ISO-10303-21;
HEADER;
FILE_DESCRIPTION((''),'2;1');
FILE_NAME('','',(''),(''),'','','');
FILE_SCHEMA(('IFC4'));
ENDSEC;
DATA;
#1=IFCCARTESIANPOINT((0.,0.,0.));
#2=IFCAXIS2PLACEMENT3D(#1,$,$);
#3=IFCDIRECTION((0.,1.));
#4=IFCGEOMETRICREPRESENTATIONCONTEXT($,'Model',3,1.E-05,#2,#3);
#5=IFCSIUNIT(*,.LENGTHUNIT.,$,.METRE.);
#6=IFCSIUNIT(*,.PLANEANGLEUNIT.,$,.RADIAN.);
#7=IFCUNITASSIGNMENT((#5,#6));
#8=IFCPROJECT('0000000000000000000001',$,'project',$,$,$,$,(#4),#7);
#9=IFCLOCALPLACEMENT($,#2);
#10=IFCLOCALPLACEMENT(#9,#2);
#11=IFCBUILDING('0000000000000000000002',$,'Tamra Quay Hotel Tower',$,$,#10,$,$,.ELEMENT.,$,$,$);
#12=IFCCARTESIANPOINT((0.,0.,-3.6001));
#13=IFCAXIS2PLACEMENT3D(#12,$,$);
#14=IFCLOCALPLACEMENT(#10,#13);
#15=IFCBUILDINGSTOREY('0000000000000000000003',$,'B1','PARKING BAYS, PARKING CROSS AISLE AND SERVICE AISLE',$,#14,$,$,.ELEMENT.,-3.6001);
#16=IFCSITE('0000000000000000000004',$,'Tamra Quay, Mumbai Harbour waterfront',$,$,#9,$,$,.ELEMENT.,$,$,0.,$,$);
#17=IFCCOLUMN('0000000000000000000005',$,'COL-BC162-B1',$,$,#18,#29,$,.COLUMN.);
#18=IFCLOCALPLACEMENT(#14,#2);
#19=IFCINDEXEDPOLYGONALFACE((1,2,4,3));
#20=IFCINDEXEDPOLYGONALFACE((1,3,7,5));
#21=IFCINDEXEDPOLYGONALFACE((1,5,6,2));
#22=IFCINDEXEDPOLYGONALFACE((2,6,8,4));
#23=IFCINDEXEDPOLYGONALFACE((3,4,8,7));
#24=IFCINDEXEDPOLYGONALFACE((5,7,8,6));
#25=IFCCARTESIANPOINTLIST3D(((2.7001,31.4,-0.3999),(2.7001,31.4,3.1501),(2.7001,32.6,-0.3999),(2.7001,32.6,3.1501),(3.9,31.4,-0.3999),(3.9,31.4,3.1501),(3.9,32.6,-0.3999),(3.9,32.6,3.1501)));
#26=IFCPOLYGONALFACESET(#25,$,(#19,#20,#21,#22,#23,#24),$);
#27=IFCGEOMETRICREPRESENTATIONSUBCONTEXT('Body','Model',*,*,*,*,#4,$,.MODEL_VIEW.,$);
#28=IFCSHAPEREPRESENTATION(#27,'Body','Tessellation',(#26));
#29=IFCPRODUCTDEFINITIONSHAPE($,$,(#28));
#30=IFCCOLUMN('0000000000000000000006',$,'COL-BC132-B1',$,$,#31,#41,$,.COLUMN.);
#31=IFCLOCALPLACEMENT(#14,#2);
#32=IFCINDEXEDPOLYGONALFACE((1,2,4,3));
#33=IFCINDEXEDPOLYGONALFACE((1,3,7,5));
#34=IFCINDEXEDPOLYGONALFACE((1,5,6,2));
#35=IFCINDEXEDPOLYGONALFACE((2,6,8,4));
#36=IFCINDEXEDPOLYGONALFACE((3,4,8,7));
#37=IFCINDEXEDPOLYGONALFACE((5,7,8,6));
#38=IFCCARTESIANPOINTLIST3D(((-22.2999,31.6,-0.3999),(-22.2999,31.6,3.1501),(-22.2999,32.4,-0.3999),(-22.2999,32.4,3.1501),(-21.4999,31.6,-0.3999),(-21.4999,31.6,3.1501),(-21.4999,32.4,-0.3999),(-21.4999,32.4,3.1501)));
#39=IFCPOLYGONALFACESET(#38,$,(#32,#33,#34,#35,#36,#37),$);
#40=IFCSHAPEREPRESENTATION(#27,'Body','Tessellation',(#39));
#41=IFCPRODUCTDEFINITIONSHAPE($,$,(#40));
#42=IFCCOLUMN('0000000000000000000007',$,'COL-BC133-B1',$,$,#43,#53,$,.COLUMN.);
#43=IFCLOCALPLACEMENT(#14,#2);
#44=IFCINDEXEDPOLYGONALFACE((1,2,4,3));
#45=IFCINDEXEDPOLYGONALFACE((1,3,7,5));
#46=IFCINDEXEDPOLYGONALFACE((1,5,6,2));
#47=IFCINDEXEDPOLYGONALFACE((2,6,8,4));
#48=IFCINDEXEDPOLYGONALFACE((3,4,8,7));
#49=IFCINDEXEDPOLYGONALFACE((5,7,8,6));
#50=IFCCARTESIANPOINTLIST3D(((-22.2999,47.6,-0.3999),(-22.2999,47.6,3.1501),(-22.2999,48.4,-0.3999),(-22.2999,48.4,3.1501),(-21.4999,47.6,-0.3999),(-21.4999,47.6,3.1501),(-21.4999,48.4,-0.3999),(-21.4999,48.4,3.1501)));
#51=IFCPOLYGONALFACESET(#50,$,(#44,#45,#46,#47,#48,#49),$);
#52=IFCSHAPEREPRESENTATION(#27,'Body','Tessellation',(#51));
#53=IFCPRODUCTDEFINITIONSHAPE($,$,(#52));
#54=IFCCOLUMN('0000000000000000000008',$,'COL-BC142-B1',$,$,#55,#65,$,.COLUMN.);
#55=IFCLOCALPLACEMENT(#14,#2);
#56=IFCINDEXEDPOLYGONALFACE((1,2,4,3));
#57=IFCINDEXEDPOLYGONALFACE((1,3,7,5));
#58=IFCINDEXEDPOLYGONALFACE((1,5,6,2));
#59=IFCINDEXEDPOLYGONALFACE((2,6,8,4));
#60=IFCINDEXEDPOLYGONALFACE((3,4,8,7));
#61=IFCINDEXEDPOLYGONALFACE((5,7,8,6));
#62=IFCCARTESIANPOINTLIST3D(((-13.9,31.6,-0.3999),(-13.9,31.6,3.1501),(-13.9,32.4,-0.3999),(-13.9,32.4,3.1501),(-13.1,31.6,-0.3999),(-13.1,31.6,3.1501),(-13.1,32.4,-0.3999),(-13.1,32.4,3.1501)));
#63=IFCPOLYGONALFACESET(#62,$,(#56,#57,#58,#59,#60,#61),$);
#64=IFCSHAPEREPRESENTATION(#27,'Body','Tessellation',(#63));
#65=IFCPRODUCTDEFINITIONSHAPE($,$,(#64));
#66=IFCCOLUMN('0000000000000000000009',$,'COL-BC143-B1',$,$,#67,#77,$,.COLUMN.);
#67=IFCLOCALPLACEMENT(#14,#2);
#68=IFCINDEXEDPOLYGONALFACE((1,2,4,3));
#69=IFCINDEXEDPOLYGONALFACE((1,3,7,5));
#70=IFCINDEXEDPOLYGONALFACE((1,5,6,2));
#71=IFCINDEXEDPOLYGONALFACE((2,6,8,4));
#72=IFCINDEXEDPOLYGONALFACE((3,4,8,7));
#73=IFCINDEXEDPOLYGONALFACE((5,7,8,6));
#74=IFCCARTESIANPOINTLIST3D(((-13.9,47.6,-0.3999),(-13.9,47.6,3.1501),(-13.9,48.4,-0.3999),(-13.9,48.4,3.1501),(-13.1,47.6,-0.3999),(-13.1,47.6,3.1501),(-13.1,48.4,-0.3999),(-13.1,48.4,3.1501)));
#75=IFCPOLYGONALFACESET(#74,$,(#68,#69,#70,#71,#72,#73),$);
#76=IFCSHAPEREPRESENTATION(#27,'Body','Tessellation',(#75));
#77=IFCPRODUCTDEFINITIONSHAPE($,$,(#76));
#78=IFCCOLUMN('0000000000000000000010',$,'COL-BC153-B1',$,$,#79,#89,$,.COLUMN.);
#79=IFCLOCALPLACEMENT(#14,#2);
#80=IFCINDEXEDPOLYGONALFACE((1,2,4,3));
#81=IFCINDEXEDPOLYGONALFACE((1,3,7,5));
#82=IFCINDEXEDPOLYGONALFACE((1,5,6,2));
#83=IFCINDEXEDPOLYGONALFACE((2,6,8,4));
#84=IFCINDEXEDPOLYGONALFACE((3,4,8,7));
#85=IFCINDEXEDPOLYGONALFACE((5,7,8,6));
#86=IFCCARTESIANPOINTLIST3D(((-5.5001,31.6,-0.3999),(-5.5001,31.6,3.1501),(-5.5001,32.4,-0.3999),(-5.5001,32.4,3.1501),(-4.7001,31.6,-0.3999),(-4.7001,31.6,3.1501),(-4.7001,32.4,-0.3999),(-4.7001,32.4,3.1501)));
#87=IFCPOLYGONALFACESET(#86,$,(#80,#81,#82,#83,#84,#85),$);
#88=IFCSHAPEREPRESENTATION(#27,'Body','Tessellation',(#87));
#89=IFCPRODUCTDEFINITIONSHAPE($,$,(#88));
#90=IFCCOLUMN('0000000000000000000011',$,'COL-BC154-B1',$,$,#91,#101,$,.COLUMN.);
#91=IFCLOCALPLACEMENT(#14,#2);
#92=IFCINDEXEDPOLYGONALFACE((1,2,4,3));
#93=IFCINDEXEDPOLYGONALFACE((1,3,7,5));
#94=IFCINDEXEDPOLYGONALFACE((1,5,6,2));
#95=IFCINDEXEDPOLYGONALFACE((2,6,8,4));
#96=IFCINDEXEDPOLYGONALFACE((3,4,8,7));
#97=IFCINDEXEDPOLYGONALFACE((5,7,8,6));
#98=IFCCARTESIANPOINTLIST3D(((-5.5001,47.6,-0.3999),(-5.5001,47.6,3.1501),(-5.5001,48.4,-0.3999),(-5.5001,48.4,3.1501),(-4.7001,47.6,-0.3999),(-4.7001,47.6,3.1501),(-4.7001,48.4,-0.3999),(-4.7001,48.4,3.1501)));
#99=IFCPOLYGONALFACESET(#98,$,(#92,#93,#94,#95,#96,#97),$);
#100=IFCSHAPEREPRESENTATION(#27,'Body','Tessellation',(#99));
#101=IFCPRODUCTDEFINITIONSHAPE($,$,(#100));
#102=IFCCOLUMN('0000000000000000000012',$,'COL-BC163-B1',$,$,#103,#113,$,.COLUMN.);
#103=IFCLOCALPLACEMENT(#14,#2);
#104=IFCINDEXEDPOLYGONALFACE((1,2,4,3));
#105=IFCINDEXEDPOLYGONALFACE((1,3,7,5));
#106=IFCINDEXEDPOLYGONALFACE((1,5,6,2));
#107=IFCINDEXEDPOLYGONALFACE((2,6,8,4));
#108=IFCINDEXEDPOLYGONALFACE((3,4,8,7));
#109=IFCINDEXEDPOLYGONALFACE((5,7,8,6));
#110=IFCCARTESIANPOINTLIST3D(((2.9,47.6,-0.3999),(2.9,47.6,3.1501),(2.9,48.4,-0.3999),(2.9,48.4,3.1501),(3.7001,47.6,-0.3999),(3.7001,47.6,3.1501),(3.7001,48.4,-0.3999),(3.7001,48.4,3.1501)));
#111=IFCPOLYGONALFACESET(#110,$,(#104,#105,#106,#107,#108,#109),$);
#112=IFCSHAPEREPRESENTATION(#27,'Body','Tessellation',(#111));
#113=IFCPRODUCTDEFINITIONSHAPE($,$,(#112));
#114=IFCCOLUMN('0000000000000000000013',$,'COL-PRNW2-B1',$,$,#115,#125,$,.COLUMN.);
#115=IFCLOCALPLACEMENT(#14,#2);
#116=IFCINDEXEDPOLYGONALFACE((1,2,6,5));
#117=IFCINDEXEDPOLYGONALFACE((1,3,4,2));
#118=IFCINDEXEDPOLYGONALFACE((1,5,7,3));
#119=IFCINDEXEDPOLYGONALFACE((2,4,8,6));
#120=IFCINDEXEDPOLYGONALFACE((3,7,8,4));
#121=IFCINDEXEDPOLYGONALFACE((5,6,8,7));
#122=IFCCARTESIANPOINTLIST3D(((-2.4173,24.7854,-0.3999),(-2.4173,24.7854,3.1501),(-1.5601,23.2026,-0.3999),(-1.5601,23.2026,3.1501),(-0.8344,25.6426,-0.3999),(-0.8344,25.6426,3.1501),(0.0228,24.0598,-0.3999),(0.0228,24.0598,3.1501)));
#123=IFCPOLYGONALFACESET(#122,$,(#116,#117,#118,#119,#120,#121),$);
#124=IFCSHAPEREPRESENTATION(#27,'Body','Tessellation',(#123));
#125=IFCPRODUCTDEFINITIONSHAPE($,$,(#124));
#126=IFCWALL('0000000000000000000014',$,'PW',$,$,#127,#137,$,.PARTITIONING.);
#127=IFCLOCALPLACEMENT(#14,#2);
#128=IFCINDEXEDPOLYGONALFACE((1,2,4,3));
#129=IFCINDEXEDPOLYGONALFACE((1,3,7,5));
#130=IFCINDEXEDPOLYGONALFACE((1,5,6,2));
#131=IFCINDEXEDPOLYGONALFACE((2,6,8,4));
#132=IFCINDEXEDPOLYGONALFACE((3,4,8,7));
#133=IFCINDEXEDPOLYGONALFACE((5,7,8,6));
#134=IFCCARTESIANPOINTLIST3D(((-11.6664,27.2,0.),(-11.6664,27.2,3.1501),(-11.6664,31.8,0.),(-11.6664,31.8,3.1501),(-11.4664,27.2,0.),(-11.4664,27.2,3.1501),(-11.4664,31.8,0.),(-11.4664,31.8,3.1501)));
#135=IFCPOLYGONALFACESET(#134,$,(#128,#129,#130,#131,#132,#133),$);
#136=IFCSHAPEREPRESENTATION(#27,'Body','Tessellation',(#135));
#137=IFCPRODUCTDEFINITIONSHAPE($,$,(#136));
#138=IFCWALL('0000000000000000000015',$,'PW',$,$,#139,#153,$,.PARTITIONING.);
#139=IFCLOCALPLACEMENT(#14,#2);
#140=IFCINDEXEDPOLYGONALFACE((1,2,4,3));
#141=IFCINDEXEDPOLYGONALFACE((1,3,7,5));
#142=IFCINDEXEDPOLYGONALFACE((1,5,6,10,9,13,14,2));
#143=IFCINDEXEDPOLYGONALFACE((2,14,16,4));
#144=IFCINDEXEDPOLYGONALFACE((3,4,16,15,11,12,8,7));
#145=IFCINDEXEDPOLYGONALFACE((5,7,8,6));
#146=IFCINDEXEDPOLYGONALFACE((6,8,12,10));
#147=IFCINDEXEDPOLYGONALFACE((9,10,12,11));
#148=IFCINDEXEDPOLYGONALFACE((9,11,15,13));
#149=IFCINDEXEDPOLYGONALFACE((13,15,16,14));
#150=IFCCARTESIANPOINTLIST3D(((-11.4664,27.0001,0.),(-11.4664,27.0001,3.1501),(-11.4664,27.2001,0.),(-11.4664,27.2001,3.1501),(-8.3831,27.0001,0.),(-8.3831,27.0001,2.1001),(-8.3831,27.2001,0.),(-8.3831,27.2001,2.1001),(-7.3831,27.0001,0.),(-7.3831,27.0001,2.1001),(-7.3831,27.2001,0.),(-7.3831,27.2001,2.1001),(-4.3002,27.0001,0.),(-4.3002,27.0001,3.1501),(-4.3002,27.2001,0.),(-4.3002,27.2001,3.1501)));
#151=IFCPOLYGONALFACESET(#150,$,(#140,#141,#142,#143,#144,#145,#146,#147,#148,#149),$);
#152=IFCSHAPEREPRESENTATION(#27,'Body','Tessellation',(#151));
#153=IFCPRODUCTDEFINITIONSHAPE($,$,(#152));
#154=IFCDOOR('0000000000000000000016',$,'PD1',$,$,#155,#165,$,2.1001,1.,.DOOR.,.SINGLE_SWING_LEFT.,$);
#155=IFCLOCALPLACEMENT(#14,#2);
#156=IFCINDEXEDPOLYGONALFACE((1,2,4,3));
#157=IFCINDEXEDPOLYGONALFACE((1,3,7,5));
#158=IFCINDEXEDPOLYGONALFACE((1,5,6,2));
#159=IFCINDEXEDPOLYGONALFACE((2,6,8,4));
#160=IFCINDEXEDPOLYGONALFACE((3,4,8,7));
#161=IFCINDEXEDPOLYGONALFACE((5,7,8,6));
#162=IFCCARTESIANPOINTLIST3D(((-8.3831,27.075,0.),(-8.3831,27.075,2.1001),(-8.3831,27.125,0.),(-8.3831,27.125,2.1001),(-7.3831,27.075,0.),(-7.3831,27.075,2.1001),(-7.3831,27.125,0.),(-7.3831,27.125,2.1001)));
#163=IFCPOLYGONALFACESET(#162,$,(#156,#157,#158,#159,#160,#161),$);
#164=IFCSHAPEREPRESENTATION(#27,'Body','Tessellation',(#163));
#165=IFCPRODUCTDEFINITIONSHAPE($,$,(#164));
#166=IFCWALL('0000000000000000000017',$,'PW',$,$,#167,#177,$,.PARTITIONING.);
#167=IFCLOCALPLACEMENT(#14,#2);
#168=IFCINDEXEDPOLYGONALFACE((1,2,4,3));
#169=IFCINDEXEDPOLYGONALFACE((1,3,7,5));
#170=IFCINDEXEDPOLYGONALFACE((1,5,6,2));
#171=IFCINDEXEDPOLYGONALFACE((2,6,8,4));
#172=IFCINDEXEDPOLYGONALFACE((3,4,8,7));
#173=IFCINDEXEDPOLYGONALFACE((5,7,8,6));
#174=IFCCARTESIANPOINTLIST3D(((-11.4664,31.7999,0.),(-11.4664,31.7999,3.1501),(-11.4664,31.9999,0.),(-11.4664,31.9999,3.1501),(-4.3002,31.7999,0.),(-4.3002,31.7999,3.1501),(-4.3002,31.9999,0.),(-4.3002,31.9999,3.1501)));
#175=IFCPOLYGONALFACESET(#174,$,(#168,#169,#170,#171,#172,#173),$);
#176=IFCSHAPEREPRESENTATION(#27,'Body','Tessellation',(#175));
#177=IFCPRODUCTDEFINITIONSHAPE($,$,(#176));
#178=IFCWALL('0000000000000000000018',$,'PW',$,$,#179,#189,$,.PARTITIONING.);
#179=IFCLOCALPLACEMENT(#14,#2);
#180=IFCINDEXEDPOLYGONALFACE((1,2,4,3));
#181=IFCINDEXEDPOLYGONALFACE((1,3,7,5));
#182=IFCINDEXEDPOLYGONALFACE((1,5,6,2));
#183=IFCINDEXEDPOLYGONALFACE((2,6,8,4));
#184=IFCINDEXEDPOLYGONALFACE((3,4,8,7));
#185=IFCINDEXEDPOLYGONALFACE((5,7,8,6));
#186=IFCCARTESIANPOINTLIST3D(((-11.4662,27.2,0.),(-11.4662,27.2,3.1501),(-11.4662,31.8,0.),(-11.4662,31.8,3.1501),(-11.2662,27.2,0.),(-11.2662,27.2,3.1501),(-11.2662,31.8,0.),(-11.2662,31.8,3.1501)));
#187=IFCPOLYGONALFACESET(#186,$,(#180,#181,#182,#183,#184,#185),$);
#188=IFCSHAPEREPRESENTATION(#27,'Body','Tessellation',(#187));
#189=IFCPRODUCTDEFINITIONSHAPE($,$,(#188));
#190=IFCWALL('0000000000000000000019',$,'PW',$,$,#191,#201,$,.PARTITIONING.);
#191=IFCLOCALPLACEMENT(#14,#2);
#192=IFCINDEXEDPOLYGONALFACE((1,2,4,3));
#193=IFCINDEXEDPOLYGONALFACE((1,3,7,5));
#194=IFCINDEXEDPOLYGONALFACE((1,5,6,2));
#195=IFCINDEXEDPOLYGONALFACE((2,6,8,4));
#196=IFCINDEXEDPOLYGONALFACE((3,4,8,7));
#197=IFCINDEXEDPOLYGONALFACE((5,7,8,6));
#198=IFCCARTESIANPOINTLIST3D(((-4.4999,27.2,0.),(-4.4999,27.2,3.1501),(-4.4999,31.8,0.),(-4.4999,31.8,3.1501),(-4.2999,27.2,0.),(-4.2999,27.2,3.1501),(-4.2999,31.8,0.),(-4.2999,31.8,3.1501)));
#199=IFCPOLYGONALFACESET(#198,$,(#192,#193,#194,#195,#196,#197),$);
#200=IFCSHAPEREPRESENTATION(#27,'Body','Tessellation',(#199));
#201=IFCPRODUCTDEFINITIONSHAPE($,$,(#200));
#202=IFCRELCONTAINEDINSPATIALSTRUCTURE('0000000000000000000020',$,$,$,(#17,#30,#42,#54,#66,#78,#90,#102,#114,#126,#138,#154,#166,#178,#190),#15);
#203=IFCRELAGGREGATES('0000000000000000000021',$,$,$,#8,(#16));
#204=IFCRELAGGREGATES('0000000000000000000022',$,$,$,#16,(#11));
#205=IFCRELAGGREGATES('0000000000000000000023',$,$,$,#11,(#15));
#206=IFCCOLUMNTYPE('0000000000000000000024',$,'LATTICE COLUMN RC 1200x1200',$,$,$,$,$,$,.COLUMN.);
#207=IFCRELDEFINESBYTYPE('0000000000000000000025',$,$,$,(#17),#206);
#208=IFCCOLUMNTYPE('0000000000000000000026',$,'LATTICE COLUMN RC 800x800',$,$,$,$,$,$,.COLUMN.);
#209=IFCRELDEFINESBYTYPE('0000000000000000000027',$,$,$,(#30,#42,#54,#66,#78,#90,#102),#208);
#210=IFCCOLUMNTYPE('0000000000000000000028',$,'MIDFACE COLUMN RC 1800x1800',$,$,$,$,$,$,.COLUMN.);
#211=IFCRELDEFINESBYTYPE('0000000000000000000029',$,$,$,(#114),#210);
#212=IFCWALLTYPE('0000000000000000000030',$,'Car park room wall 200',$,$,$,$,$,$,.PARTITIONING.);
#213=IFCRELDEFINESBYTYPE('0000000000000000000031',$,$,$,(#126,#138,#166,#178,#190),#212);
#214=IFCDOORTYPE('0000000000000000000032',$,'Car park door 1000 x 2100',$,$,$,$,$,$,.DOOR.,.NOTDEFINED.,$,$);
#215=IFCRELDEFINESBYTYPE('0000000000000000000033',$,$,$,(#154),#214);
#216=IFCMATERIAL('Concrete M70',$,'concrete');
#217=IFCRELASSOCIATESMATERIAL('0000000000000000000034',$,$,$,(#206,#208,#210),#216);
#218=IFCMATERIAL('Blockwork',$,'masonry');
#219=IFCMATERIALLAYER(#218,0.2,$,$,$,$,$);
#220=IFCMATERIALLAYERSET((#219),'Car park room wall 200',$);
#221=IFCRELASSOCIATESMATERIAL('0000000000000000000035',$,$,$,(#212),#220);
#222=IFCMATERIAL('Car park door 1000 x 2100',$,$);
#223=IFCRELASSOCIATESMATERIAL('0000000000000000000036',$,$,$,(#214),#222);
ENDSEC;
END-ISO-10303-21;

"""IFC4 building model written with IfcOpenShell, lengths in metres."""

from ifc_helpers import new_model, si_unit, direction, frame, frame_2d, origin, origin_2d, place, context, subcontext, project, spatial, rectangle, extrude, material, layer, layer_set, material_profile, profile_set, type_object, element, fill, save


model = new_model("IFC4")

# Units and contexts
model_context = context("Model", 3, precision=1e-05, world=origin(), true_north=direction((0.0, 1.0)))
body_context = subcontext(model_context, "Body", "Model", "MODEL_VIEW")
ifc_project = project(units=[si_unit("LENGTHUNIT", "METRE"), si_unit("PLANEANGLEUNIT", "RADIAN")], contexts=[model_context])

# Site, building, storey
site_placement = place(None, origin())
site = spatial("IfcSite", under=ifc_project, at=site_placement, Name="Tamra Quay, Mumbai Harbour waterfront", CompositionType="ELEMENT", RefElevation=0.0)
building_placement = place(site_placement, origin())
building = spatial("IfcBuilding", under=site, at=building_placement, Name="Tamra Quay Hotel Tower", CompositionType="ELEMENT")
storey_placement = place(building_placement, frame((0.0, 0.0, -3.6001)))
storey = spatial("IfcBuildingStorey", under=building, at=storey_placement, Name="B1", Description="PARKING BAYS, PARKING CROSS AISLE AND SERVICE AISLE", CompositionType="ELEMENT", Elevation=-3.6001)

# Columns
ifc_material_1 = material(Name="Concrete M70", Category="concrete")
ifc_material_profile_1 = material_profile(ifc_material_1, rectangle(XDim=1.2, YDim=1.2, at=origin_2d()), Name="LATTICE COLUMN RC 1200x1200")
ifc_profile_set_1 = profile_set([ifc_material_profile_1], Name="Concrete M70")
column_type_1 = type_object("IfcColumnType", Name="LATTICE COLUMN RC 1200x1200", PredefinedType="COLUMN", material=ifc_profile_set_1)
column_1_placement = place(storey_placement, frame((3.3, 32.0, -0.3999), z_axis=(0.0, 0.0, 1.0), x_axis=(1.0, 0.0, 0.0)))
element("IfcColumn", 1, at=column_1_placement, inside=storey, type_object=column_type_1, Name="COL-BC162-B1", PredefinedType="COLUMN", context=body_context, shape_type="SweptSolid", body=[
    extrude(rectangle(XDim=1.2, YDim=1.2, at=origin_2d()), origin(), (0.0, 0.0, 1.0), 3.55),
])
ifc_material_profile_2 = material_profile(ifc_material_1, rectangle(XDim=0.8, YDim=0.8, at=origin_2d()), Name="LATTICE COLUMN RC 800x800")
ifc_profile_set_2 = profile_set([ifc_material_profile_2], Name="Concrete M70")
column_type_2 = type_object("IfcColumnType", Name="LATTICE COLUMN RC 800x800", PredefinedType="COLUMN", material=ifc_profile_set_2)
for number, where, z_axis, x_axis, name in (
    (2, (-21.8999, 32.0, -0.3999), (0.0, 0.0, 1.0), (1.0, 0.0, 0.0), "COL-BC132-B1"),
    (3, (-21.8999, 48.0, -0.3999), (0.0, 0.0, 1.0), (1.0, 0.0, 0.0), "COL-BC133-B1"),
    (4, (-13.5, 32.0, -0.3999), (0.0, 0.0, 1.0), (1.0, 0.0, 0.0), "COL-BC142-B1"),
    (5, (-13.5, 48.0, -0.3999), (0.0, 0.0, 1.0), (1.0, 0.0, 0.0), "COL-BC143-B1"),
    (6, (-5.1001, 32.0, -0.3999), (0.0, 0.0, 1.0), (1.0, 0.0, 0.0), "COL-BC153-B1"),
    (7, (-5.1001, 48.0, -0.3999), (0.0, 0.0, 1.0), (1.0, 0.0, 0.0), "COL-BC154-B1"),
    (8, (3.3, 48.0, -0.3999), (0.0, 0.0, 1.0), (1.0, 0.0, 0.0), "COL-BC163-B1"),
):
    element("IfcColumn", number, at=place(storey_placement, frame(where, z_axis=z_axis, x_axis=x_axis)), inside=storey, type_object=column_type_2, Name=name, PredefinedType="COLUMN", context=body_context, shape_type="SweptSolid", body=[
        extrude(rectangle(XDim=0.8, YDim=0.8, at=origin_2d()), origin(), (0.0, 0.0, 1.0), 3.55),
    ])
ifc_material_profile_3 = material_profile(ifc_material_1, rectangle(XDim=1.8, YDim=1.8, at=origin_2d()), Name="MIDFACE COLUMN RC 1800x1800")
ifc_profile_set_3 = profile_set([ifc_material_profile_3], Name="Concrete M70")
column_type_3 = type_object("IfcColumnType", Name="MIDFACE COLUMN RC 1800x1800", PredefinedType="COLUMN", material=ifc_profile_set_3)
column_2_placement = place(storey_placement, frame((-1.1973, 24.4226, -0.3999), z_axis=(0.0, 0.0, 1.0), x_axis=(-0.476198, 0.879338, 0.0)))
element("IfcColumn", 9, at=column_2_placement, inside=storey, type_object=column_type_3, Name="COL-PRNW2-B1", PredefinedType="COLUMN", context=body_context, shape_type="SweptSolid", body=[
    extrude(rectangle(XDim=1.8, YDim=1.8, at=origin_2d()), origin(), (0.0, 0.0, 1.0), 3.55),
])

# Wall
ifc_material_2 = material(Name="Blockwork", Category="masonry")
ifc_layer_1 = layer(ifc_material_2, 0.2)
ifc_layer_set_1 = layer_set([ifc_layer_1], Name="Car park room wall 200")
wall_type_1 = type_object("IfcWallType", Name="Car park room wall 200", PredefinedType="PARTITIONING", material=ifc_layer_set_1)
wall_1_placement = place(storey_placement, frame((-11.5664, 27.2, 0.0), z_axis=(0.0, 0.0, 1.0), x_axis=(0.0, 1.0, 0.0)))
element("IfcWall", 10, at=wall_1_placement, inside=storey, type_object=wall_type_1, Name="PW", PredefinedType="PARTITIONING", context=body_context, shape_type="SweptSolid", body=[
    extrude(rectangle(XDim=4.6001, YDim=0.2, at=frame_2d((2.3, 0.0))), origin(), (0.0, 0.0, 1.0), 3.1501),
])

# Wall, opening, door
wall_2_placement = place(storey_placement, frame((-11.4663, 27.1001, 0.0), z_axis=(0.0, 0.0, 1.0), x_axis=(1.0, 0.0, 0.0)))
wall_2 = element("IfcWall", 11, at=wall_2_placement, inside=storey, type_object=wall_type_1, Name="PW", PredefinedType="PARTITIONING", context=body_context, shape_type="SweptSolid", body=[
    extrude(rectangle(XDim=7.1663, YDim=0.2, at=frame_2d((3.583, 0.0))), origin(), (0.0, 0.0, 1.0), 3.1501),
])
opening_1_placement = place(wall_2_placement, frame((3.0833, 0.0, 0.0)))
opening_1 = element("IfcOpeningElement", 12, at=opening_1_placement, cuts=wall_2, PredefinedType="OPENING", context=body_context, shape_type="SweptSolid", body=[
    extrude(rectangle(XDim=1.0, YDim=2.1001, at=frame_2d((0.5, 1.05))), frame((0.0, 0.1099, 0.0), z_axis=(0.0, -1.0, 0.0), x_axis=(1.0, 0.0, 0.0)), (0.0, 0.0, 1.0), 0.22),
])
ifc_material_3 = material(Name="Car park door 1000 x 2100")
door_type = type_object("IfcDoorType", Name="Car park door 1000 x 2100", OperationType="NOTDEFINED", PredefinedType="DOOR", material=ifc_material_3)
door_1_placement = place(opening_1_placement, origin())
door_1 = element("IfcDoor", 13, at=door_1_placement, inside=storey, type_object=door_type, Name="PD1", OperationType="SINGLE_SWING_LEFT", OverallHeight=2.1001, OverallWidth=1.0, PredefinedType="DOOR", context=body_context, shape_type="SweptSolid", body=[
    extrude(rectangle(XDim=1.0, YDim=2.1001, at=frame_2d((0.5, 1.05))), frame((0.0, 0.0249, 0.0), z_axis=(0.0, -1.0, 0.0), x_axis=(1.0, 0.0, 0.0)), (0.0, 0.0, 1.0), 0.05),
])
fill(opening_1, door_1)

# Walls
wall_3_placement = place(storey_placement, frame((-11.4663, 31.8999, 0.0), z_axis=(0.0, 0.0, 1.0), x_axis=(1.0, 0.0, 0.0)))
element("IfcWall", 14, at=wall_3_placement, inside=storey, type_object=wall_type_1, Name="PW", PredefinedType="PARTITIONING", context=body_context, shape_type="SweptSolid", body=[
    extrude(rectangle(XDim=7.1663, YDim=0.2, at=frame_2d((3.583, 0.0))), origin(), (0.0, 0.0, 1.0), 3.1501),
])
for number, where, z_axis, x_axis, name in (
    (15, (-11.3662, 27.2, 0.0), (0.0, 0.0, 1.0), (0.0, 1.0, 0.0), "PW"),
    (16, (-4.3999, 27.2, 0.0), (0.0, 0.0, 1.0), (0.0, 1.0, 0.0), "PW"),
):
    element("IfcWall", number, at=place(storey_placement, frame(where, z_axis=z_axis, x_axis=x_axis)), inside=storey, type_object=wall_type_1, Name=name, PredefinedType="PARTITIONING", context=body_context, shape_type="SweptSolid", body=[
        extrude(rectangle(XDim=4.6001, YDim=0.2, at=frame_2d((2.3, 0.0))), origin(), (0.0, 0.0, 1.0), 3.1501),
    ])

save(model, "model.ifc")
